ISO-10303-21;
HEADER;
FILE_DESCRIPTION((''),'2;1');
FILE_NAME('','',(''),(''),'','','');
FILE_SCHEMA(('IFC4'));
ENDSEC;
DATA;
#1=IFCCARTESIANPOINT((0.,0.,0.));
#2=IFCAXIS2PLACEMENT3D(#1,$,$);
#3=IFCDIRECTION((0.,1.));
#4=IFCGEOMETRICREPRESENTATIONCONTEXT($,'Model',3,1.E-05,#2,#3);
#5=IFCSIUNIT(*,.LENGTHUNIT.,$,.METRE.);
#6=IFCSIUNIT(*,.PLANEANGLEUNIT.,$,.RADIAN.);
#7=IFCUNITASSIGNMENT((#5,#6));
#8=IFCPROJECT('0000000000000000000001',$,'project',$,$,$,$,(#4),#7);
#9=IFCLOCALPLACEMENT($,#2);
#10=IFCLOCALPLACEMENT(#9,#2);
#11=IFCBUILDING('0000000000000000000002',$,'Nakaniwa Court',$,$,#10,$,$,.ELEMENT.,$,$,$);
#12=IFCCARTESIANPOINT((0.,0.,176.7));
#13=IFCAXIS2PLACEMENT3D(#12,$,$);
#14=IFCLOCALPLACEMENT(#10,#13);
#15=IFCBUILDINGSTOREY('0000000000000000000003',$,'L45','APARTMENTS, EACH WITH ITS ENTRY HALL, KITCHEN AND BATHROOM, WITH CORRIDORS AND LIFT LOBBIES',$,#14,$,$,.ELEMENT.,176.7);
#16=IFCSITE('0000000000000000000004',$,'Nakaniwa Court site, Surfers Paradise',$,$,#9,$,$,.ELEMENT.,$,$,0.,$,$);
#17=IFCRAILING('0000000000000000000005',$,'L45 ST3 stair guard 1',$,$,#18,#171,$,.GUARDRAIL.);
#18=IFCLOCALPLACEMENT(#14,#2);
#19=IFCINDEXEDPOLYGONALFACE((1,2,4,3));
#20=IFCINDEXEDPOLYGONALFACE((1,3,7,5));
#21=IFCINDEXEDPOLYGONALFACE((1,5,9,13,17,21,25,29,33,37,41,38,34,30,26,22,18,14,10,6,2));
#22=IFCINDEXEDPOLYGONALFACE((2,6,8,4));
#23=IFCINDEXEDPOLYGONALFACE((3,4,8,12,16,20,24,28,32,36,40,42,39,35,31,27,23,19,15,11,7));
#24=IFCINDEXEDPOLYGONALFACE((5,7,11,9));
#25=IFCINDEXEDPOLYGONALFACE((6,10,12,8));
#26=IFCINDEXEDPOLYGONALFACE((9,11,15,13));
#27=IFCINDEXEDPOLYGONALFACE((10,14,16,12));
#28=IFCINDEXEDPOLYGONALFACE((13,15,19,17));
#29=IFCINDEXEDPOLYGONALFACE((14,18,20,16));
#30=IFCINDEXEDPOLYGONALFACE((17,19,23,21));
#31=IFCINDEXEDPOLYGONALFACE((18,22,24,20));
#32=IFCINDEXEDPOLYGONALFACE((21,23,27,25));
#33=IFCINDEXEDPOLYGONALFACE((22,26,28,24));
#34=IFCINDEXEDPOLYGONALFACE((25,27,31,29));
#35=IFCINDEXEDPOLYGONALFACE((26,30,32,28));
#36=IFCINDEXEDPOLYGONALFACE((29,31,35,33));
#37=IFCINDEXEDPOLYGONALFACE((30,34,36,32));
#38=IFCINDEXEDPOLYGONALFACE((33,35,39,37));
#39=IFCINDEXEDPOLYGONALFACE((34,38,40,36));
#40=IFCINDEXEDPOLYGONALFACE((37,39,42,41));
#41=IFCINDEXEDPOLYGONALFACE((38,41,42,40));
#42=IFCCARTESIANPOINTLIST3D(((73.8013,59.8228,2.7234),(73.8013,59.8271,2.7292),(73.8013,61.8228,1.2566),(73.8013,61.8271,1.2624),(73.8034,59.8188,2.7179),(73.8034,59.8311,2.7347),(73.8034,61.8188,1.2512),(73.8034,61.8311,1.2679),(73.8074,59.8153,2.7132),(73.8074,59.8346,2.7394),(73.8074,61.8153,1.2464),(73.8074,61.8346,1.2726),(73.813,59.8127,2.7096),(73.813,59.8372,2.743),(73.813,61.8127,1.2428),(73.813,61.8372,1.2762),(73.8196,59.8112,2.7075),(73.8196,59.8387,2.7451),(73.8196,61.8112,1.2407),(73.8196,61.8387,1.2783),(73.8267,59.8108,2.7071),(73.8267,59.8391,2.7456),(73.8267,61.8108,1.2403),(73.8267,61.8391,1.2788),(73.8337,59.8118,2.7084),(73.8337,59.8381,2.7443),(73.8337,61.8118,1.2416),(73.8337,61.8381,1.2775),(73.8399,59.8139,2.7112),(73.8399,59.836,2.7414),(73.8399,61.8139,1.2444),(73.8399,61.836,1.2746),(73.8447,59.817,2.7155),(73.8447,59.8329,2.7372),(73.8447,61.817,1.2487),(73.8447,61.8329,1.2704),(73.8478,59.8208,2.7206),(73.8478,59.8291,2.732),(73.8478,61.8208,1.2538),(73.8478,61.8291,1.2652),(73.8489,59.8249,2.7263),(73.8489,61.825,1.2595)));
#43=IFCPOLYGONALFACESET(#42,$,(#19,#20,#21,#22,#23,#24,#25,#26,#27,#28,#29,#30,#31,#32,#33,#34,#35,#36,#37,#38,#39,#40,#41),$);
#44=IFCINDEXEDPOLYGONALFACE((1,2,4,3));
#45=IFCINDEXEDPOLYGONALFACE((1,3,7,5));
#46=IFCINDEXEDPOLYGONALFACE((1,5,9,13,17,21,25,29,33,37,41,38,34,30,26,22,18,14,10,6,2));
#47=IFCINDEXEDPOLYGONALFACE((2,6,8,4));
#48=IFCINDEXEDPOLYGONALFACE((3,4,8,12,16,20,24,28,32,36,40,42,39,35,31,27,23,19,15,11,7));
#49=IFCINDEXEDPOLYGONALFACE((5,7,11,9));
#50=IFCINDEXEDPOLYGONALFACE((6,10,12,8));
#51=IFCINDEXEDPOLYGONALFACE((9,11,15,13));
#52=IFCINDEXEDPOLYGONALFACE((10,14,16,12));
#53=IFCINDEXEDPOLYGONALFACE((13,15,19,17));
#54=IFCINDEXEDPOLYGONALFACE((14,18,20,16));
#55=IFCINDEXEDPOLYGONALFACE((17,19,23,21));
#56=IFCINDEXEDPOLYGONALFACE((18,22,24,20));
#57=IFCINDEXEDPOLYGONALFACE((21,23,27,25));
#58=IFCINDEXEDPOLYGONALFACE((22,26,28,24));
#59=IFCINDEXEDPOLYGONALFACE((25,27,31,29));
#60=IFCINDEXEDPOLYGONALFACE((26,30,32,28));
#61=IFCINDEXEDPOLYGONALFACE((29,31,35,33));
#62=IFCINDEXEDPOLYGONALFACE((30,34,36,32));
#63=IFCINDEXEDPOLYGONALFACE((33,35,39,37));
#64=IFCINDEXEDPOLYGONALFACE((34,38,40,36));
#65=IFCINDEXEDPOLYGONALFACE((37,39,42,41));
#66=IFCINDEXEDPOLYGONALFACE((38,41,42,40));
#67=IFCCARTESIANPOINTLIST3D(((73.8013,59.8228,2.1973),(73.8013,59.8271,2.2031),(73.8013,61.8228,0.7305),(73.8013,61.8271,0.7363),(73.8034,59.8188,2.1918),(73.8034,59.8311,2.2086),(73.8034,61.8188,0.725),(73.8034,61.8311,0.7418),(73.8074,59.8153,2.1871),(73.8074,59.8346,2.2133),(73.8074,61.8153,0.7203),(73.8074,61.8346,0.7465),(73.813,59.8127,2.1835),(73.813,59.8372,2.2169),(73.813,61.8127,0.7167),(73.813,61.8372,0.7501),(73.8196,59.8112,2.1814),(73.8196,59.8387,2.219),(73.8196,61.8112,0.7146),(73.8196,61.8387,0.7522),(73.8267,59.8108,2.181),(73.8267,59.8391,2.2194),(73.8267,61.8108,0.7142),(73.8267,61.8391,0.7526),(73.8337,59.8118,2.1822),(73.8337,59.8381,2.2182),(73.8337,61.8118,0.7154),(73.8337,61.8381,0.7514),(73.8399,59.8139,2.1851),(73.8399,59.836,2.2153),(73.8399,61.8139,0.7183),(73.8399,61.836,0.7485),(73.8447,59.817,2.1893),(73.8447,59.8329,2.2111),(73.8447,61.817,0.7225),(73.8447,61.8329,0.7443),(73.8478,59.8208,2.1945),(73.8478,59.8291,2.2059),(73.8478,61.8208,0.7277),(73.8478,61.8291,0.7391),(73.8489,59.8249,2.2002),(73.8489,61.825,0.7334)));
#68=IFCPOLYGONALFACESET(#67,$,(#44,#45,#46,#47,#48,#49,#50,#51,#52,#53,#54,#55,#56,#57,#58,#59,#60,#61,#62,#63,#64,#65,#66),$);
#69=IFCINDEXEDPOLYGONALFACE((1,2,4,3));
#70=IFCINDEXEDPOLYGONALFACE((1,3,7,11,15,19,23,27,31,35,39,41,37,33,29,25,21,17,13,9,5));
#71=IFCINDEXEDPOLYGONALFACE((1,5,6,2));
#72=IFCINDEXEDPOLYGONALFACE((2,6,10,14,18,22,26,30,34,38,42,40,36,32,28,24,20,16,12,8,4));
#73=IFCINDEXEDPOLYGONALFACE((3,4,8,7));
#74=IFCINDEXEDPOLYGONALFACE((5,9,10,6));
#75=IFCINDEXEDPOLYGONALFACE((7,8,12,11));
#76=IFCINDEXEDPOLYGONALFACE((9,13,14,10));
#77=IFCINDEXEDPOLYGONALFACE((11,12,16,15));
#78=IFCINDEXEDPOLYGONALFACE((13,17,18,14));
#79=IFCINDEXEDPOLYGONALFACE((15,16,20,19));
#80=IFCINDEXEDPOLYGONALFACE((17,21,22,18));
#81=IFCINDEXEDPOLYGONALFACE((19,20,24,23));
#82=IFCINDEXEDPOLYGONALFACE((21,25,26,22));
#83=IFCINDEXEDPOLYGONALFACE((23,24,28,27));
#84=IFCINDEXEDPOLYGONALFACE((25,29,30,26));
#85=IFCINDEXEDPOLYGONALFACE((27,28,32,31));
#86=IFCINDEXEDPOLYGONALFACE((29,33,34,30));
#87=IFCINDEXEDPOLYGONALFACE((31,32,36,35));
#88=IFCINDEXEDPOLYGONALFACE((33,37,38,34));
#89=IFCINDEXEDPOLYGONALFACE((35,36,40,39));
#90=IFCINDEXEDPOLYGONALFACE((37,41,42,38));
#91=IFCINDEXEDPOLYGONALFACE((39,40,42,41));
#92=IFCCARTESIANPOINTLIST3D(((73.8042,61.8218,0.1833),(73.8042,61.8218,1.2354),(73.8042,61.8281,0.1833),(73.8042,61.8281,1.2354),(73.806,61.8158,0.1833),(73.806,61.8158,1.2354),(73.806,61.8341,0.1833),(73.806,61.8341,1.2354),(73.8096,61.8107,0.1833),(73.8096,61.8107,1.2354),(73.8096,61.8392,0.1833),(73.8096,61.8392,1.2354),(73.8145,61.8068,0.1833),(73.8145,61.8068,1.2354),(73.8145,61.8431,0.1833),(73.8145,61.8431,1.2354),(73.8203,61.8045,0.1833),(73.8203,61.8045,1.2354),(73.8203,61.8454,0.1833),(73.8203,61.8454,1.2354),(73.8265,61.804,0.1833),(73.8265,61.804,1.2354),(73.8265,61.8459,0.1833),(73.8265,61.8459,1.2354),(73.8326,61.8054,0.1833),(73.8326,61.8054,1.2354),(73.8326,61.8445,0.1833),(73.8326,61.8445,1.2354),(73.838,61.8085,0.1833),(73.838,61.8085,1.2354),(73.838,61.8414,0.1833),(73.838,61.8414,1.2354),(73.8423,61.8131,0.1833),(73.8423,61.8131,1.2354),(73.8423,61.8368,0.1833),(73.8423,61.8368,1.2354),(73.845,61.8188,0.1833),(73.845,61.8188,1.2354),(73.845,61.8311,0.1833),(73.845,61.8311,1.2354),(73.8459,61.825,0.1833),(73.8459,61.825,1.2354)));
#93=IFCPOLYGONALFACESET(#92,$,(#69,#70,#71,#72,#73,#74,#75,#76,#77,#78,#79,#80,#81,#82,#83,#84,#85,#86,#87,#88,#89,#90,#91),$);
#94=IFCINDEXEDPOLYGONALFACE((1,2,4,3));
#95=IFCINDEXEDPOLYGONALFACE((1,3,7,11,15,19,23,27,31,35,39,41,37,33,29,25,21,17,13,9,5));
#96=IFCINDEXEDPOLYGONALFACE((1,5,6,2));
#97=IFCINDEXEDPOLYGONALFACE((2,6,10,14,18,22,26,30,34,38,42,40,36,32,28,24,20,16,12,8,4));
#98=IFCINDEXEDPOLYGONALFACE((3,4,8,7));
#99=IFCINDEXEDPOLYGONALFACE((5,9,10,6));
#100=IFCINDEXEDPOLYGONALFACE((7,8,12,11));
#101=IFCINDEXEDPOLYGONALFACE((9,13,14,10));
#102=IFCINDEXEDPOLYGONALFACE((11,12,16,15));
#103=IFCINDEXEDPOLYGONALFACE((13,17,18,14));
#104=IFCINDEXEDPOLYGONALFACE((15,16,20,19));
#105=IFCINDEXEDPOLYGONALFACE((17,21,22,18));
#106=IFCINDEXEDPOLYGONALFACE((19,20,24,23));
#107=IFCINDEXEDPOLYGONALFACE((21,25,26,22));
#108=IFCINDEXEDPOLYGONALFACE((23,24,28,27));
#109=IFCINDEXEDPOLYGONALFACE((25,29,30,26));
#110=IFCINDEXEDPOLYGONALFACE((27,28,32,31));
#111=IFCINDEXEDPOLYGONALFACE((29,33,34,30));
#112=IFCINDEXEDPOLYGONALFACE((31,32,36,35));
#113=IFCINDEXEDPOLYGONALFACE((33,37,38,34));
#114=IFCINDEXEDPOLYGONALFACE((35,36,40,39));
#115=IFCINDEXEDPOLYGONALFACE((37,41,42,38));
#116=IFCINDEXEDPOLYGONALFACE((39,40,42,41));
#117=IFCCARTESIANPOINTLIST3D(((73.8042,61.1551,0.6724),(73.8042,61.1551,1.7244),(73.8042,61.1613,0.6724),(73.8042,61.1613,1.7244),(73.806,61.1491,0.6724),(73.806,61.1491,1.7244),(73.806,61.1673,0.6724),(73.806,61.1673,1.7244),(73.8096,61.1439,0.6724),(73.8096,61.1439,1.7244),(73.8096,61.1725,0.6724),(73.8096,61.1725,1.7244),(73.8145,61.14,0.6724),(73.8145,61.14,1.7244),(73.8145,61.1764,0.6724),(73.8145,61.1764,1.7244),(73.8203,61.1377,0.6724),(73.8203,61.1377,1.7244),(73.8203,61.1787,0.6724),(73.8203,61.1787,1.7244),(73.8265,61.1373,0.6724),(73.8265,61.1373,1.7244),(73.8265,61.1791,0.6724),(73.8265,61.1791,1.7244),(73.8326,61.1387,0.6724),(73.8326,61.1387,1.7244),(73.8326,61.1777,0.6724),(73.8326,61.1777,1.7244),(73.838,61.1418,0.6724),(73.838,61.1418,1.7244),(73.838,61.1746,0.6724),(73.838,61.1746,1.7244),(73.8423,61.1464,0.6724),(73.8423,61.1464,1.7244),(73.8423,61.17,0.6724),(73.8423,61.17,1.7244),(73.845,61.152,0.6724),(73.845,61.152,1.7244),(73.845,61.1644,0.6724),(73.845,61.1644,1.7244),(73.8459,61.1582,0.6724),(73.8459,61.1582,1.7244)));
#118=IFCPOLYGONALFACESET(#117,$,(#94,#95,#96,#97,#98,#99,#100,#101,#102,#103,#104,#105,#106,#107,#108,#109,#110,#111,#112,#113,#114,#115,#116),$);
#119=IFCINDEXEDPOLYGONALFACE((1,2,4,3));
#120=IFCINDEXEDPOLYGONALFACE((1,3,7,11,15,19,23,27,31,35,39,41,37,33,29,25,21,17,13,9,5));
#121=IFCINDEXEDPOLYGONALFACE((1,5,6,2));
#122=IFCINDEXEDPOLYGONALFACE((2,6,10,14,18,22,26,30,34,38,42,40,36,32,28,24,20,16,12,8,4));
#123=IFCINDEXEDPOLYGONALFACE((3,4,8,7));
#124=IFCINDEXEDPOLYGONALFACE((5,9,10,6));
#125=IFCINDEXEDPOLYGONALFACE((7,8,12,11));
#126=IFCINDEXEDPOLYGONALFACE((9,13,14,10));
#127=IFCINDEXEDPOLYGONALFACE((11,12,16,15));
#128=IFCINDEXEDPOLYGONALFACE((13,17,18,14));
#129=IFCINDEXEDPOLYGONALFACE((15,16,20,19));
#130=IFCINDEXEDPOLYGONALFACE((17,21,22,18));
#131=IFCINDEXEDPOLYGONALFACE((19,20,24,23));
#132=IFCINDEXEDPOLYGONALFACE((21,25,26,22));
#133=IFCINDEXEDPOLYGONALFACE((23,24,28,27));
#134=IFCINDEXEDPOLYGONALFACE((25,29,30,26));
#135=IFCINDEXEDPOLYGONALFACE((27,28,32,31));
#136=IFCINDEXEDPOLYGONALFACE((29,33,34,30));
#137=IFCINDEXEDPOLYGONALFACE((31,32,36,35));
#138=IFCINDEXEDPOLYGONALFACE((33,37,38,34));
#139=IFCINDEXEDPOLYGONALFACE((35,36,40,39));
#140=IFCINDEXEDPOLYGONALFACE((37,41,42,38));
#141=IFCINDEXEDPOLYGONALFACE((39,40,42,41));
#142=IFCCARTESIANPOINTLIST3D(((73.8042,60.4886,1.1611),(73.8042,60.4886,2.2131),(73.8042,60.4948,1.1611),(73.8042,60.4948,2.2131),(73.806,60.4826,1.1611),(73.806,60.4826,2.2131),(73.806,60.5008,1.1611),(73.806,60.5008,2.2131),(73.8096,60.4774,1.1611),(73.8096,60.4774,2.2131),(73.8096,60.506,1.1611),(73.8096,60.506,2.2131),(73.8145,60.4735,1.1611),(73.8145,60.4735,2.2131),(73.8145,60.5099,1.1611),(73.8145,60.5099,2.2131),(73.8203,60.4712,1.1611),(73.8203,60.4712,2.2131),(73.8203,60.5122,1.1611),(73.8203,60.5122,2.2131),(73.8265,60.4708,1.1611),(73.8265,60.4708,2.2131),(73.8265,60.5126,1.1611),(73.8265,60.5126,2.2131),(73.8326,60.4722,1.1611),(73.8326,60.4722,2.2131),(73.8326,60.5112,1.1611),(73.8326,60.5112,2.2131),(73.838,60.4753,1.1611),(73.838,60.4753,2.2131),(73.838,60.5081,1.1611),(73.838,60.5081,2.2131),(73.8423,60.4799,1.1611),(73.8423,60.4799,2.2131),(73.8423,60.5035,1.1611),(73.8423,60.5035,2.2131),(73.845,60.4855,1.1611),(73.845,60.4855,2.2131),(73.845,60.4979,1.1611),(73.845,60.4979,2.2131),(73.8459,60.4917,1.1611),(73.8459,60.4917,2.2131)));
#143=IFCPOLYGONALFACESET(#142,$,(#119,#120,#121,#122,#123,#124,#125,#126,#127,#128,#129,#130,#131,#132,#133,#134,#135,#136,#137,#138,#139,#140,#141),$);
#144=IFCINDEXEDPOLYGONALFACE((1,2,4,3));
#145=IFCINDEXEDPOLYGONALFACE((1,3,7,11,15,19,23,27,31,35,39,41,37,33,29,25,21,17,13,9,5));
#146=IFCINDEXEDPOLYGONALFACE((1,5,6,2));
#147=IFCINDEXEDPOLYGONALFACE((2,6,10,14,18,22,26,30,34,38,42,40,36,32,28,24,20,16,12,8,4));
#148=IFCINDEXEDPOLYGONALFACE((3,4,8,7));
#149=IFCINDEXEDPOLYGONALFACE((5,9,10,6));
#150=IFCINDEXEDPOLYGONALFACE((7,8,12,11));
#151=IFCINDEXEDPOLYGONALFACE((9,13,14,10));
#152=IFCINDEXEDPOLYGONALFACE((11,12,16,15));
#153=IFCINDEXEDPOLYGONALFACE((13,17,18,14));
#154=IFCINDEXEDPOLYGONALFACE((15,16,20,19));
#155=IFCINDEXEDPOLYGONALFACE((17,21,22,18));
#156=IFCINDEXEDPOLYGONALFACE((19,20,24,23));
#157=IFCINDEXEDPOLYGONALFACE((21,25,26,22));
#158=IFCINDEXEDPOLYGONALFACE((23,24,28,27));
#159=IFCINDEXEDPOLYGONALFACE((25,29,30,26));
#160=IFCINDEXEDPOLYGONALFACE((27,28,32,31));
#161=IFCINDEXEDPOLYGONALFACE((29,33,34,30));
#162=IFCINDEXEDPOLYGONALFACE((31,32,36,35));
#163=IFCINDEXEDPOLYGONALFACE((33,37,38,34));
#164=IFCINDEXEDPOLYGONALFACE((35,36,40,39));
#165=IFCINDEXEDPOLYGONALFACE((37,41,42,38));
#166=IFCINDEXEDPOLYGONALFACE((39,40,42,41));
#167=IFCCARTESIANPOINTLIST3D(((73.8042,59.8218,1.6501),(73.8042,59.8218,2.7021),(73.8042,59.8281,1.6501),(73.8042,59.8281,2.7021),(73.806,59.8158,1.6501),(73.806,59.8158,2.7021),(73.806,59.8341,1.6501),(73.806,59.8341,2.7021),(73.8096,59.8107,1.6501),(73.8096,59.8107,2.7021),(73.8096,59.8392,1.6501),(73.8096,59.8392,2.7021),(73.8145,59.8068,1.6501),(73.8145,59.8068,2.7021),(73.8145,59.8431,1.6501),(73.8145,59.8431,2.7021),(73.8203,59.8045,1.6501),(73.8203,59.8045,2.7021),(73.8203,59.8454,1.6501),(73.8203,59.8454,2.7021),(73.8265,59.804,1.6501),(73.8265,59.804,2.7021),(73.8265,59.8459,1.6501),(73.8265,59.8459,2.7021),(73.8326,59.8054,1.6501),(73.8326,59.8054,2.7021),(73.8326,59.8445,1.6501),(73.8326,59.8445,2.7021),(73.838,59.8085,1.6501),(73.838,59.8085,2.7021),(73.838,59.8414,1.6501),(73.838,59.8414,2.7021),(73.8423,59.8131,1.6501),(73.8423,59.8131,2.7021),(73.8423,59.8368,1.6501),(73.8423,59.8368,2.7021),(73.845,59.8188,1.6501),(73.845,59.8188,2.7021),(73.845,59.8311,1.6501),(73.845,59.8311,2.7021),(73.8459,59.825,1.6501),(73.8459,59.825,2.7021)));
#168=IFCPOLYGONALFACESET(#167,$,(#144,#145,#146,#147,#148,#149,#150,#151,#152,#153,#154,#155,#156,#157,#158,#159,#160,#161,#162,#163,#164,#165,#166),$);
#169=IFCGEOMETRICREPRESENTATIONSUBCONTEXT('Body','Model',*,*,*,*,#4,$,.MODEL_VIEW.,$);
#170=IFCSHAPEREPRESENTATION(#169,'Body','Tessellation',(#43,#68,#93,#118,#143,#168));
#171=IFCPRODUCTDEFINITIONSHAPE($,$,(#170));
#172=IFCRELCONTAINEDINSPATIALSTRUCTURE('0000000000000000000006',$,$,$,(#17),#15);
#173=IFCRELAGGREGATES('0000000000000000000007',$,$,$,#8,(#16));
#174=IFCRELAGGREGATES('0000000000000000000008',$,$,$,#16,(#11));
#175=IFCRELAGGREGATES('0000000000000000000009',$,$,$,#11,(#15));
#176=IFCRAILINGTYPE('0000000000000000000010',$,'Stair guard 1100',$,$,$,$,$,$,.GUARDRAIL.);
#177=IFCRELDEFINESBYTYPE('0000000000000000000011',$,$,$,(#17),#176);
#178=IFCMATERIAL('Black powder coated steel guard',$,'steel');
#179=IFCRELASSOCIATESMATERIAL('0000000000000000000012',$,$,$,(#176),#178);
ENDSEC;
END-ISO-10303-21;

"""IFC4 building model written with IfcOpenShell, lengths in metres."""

from ifc_helpers import new_model, si_unit, direction, frame, origin, origin_2d, place, context, subcontext, project, spatial, circle, extrude, material, type_object, element, save


model = new_model("IFC4")

# Units and contexts
model_context = context("Model", 3, precision=1e-05, world=origin(), true_north=direction((0.0, 1.0)))
body_context = subcontext(model_context, "Body", "Model", "MODEL_VIEW")
ifc_project = project(units=[si_unit("LENGTHUNIT", "METRE"), si_unit("PLANEANGLEUNIT", "RADIAN")], contexts=[model_context])

# Site, building, storey
site_placement = place(None, origin())
site = spatial("IfcSite", under=ifc_project, at=site_placement, Name="Nakaniwa Court site, Surfers Paradise", CompositionType="ELEMENT", RefElevation=0.0)
building_placement = place(site_placement, origin())
building = spatial("IfcBuilding", under=site, at=building_placement, Name="Nakaniwa Court", CompositionType="ELEMENT")
storey_placement = place(building_placement, frame((0.0, 0.0, 176.7)))
storey = spatial("IfcBuildingStorey", under=building, at=storey_placement, Name="L45", Description="APARTMENTS, EACH WITH ITS ENTRY HALL, KITCHEN AND BATHROOM, WITH CORRIDORS AND LIFT LOBBIES", CompositionType="ELEMENT", Elevation=176.7)

# Railing
ifc_material_1 = material(Name="Black powder coated steel guard", Category="steel")
railing_type_1 = type_object("IfcRailingType", Name="Stair guard 1100", PredefinedType="GUARDRAIL", material=ifc_material_1)
railing_1_placement = place(storey_placement, frame((73.825, 61.825, 0.1833)))
element("IfcRailing", 1, at=railing_1_placement, inside=storey, type_object=railing_type_1, Name="L45 ST3 stair guard 1", PredefinedType="GUARDRAIL", context=body_context, shape_type="SweptSolid", body=[
    extrude(circle(Radius=0.0239, at=origin_2d()), frame((0.0, 0.0, 1.0762), z_axis=(0.0, -0.80638, 0.591398), x_axis=(1.0, 0.0, 0.0)), (0.0, 0.0, 1.0), 2.4802),
    extrude(circle(Radius=0.0239, at=origin_2d()), frame((0.0, 0.0, 0.55), z_axis=(0.0, -0.80638, 0.591398), x_axis=(1.0, 0.0, 0.0)), (0.0, 0.0, 1.0), 2.4802),
    extrude(circle(Radius=0.021, at=origin_2d()), origin(), (0.0, 0.0, 1.0), 1.052),
    extrude(circle(Radius=0.021, at=origin_2d()), frame((0.0, -0.6667, 0.489)), (0.0, 0.0, 1.0), 1.052),
    extrude(circle(Radius=0.021, at=origin_2d()), frame((0.0, -1.3333, 0.9778)), (0.0, 0.0, 1.0), 1.052),
    extrude(circle(Radius=0.021, at=origin_2d()), frame((0.0, -2.0, 1.4668)), (0.0, 0.0, 1.0), 1.052),
])

save(model, "model.ifc")
